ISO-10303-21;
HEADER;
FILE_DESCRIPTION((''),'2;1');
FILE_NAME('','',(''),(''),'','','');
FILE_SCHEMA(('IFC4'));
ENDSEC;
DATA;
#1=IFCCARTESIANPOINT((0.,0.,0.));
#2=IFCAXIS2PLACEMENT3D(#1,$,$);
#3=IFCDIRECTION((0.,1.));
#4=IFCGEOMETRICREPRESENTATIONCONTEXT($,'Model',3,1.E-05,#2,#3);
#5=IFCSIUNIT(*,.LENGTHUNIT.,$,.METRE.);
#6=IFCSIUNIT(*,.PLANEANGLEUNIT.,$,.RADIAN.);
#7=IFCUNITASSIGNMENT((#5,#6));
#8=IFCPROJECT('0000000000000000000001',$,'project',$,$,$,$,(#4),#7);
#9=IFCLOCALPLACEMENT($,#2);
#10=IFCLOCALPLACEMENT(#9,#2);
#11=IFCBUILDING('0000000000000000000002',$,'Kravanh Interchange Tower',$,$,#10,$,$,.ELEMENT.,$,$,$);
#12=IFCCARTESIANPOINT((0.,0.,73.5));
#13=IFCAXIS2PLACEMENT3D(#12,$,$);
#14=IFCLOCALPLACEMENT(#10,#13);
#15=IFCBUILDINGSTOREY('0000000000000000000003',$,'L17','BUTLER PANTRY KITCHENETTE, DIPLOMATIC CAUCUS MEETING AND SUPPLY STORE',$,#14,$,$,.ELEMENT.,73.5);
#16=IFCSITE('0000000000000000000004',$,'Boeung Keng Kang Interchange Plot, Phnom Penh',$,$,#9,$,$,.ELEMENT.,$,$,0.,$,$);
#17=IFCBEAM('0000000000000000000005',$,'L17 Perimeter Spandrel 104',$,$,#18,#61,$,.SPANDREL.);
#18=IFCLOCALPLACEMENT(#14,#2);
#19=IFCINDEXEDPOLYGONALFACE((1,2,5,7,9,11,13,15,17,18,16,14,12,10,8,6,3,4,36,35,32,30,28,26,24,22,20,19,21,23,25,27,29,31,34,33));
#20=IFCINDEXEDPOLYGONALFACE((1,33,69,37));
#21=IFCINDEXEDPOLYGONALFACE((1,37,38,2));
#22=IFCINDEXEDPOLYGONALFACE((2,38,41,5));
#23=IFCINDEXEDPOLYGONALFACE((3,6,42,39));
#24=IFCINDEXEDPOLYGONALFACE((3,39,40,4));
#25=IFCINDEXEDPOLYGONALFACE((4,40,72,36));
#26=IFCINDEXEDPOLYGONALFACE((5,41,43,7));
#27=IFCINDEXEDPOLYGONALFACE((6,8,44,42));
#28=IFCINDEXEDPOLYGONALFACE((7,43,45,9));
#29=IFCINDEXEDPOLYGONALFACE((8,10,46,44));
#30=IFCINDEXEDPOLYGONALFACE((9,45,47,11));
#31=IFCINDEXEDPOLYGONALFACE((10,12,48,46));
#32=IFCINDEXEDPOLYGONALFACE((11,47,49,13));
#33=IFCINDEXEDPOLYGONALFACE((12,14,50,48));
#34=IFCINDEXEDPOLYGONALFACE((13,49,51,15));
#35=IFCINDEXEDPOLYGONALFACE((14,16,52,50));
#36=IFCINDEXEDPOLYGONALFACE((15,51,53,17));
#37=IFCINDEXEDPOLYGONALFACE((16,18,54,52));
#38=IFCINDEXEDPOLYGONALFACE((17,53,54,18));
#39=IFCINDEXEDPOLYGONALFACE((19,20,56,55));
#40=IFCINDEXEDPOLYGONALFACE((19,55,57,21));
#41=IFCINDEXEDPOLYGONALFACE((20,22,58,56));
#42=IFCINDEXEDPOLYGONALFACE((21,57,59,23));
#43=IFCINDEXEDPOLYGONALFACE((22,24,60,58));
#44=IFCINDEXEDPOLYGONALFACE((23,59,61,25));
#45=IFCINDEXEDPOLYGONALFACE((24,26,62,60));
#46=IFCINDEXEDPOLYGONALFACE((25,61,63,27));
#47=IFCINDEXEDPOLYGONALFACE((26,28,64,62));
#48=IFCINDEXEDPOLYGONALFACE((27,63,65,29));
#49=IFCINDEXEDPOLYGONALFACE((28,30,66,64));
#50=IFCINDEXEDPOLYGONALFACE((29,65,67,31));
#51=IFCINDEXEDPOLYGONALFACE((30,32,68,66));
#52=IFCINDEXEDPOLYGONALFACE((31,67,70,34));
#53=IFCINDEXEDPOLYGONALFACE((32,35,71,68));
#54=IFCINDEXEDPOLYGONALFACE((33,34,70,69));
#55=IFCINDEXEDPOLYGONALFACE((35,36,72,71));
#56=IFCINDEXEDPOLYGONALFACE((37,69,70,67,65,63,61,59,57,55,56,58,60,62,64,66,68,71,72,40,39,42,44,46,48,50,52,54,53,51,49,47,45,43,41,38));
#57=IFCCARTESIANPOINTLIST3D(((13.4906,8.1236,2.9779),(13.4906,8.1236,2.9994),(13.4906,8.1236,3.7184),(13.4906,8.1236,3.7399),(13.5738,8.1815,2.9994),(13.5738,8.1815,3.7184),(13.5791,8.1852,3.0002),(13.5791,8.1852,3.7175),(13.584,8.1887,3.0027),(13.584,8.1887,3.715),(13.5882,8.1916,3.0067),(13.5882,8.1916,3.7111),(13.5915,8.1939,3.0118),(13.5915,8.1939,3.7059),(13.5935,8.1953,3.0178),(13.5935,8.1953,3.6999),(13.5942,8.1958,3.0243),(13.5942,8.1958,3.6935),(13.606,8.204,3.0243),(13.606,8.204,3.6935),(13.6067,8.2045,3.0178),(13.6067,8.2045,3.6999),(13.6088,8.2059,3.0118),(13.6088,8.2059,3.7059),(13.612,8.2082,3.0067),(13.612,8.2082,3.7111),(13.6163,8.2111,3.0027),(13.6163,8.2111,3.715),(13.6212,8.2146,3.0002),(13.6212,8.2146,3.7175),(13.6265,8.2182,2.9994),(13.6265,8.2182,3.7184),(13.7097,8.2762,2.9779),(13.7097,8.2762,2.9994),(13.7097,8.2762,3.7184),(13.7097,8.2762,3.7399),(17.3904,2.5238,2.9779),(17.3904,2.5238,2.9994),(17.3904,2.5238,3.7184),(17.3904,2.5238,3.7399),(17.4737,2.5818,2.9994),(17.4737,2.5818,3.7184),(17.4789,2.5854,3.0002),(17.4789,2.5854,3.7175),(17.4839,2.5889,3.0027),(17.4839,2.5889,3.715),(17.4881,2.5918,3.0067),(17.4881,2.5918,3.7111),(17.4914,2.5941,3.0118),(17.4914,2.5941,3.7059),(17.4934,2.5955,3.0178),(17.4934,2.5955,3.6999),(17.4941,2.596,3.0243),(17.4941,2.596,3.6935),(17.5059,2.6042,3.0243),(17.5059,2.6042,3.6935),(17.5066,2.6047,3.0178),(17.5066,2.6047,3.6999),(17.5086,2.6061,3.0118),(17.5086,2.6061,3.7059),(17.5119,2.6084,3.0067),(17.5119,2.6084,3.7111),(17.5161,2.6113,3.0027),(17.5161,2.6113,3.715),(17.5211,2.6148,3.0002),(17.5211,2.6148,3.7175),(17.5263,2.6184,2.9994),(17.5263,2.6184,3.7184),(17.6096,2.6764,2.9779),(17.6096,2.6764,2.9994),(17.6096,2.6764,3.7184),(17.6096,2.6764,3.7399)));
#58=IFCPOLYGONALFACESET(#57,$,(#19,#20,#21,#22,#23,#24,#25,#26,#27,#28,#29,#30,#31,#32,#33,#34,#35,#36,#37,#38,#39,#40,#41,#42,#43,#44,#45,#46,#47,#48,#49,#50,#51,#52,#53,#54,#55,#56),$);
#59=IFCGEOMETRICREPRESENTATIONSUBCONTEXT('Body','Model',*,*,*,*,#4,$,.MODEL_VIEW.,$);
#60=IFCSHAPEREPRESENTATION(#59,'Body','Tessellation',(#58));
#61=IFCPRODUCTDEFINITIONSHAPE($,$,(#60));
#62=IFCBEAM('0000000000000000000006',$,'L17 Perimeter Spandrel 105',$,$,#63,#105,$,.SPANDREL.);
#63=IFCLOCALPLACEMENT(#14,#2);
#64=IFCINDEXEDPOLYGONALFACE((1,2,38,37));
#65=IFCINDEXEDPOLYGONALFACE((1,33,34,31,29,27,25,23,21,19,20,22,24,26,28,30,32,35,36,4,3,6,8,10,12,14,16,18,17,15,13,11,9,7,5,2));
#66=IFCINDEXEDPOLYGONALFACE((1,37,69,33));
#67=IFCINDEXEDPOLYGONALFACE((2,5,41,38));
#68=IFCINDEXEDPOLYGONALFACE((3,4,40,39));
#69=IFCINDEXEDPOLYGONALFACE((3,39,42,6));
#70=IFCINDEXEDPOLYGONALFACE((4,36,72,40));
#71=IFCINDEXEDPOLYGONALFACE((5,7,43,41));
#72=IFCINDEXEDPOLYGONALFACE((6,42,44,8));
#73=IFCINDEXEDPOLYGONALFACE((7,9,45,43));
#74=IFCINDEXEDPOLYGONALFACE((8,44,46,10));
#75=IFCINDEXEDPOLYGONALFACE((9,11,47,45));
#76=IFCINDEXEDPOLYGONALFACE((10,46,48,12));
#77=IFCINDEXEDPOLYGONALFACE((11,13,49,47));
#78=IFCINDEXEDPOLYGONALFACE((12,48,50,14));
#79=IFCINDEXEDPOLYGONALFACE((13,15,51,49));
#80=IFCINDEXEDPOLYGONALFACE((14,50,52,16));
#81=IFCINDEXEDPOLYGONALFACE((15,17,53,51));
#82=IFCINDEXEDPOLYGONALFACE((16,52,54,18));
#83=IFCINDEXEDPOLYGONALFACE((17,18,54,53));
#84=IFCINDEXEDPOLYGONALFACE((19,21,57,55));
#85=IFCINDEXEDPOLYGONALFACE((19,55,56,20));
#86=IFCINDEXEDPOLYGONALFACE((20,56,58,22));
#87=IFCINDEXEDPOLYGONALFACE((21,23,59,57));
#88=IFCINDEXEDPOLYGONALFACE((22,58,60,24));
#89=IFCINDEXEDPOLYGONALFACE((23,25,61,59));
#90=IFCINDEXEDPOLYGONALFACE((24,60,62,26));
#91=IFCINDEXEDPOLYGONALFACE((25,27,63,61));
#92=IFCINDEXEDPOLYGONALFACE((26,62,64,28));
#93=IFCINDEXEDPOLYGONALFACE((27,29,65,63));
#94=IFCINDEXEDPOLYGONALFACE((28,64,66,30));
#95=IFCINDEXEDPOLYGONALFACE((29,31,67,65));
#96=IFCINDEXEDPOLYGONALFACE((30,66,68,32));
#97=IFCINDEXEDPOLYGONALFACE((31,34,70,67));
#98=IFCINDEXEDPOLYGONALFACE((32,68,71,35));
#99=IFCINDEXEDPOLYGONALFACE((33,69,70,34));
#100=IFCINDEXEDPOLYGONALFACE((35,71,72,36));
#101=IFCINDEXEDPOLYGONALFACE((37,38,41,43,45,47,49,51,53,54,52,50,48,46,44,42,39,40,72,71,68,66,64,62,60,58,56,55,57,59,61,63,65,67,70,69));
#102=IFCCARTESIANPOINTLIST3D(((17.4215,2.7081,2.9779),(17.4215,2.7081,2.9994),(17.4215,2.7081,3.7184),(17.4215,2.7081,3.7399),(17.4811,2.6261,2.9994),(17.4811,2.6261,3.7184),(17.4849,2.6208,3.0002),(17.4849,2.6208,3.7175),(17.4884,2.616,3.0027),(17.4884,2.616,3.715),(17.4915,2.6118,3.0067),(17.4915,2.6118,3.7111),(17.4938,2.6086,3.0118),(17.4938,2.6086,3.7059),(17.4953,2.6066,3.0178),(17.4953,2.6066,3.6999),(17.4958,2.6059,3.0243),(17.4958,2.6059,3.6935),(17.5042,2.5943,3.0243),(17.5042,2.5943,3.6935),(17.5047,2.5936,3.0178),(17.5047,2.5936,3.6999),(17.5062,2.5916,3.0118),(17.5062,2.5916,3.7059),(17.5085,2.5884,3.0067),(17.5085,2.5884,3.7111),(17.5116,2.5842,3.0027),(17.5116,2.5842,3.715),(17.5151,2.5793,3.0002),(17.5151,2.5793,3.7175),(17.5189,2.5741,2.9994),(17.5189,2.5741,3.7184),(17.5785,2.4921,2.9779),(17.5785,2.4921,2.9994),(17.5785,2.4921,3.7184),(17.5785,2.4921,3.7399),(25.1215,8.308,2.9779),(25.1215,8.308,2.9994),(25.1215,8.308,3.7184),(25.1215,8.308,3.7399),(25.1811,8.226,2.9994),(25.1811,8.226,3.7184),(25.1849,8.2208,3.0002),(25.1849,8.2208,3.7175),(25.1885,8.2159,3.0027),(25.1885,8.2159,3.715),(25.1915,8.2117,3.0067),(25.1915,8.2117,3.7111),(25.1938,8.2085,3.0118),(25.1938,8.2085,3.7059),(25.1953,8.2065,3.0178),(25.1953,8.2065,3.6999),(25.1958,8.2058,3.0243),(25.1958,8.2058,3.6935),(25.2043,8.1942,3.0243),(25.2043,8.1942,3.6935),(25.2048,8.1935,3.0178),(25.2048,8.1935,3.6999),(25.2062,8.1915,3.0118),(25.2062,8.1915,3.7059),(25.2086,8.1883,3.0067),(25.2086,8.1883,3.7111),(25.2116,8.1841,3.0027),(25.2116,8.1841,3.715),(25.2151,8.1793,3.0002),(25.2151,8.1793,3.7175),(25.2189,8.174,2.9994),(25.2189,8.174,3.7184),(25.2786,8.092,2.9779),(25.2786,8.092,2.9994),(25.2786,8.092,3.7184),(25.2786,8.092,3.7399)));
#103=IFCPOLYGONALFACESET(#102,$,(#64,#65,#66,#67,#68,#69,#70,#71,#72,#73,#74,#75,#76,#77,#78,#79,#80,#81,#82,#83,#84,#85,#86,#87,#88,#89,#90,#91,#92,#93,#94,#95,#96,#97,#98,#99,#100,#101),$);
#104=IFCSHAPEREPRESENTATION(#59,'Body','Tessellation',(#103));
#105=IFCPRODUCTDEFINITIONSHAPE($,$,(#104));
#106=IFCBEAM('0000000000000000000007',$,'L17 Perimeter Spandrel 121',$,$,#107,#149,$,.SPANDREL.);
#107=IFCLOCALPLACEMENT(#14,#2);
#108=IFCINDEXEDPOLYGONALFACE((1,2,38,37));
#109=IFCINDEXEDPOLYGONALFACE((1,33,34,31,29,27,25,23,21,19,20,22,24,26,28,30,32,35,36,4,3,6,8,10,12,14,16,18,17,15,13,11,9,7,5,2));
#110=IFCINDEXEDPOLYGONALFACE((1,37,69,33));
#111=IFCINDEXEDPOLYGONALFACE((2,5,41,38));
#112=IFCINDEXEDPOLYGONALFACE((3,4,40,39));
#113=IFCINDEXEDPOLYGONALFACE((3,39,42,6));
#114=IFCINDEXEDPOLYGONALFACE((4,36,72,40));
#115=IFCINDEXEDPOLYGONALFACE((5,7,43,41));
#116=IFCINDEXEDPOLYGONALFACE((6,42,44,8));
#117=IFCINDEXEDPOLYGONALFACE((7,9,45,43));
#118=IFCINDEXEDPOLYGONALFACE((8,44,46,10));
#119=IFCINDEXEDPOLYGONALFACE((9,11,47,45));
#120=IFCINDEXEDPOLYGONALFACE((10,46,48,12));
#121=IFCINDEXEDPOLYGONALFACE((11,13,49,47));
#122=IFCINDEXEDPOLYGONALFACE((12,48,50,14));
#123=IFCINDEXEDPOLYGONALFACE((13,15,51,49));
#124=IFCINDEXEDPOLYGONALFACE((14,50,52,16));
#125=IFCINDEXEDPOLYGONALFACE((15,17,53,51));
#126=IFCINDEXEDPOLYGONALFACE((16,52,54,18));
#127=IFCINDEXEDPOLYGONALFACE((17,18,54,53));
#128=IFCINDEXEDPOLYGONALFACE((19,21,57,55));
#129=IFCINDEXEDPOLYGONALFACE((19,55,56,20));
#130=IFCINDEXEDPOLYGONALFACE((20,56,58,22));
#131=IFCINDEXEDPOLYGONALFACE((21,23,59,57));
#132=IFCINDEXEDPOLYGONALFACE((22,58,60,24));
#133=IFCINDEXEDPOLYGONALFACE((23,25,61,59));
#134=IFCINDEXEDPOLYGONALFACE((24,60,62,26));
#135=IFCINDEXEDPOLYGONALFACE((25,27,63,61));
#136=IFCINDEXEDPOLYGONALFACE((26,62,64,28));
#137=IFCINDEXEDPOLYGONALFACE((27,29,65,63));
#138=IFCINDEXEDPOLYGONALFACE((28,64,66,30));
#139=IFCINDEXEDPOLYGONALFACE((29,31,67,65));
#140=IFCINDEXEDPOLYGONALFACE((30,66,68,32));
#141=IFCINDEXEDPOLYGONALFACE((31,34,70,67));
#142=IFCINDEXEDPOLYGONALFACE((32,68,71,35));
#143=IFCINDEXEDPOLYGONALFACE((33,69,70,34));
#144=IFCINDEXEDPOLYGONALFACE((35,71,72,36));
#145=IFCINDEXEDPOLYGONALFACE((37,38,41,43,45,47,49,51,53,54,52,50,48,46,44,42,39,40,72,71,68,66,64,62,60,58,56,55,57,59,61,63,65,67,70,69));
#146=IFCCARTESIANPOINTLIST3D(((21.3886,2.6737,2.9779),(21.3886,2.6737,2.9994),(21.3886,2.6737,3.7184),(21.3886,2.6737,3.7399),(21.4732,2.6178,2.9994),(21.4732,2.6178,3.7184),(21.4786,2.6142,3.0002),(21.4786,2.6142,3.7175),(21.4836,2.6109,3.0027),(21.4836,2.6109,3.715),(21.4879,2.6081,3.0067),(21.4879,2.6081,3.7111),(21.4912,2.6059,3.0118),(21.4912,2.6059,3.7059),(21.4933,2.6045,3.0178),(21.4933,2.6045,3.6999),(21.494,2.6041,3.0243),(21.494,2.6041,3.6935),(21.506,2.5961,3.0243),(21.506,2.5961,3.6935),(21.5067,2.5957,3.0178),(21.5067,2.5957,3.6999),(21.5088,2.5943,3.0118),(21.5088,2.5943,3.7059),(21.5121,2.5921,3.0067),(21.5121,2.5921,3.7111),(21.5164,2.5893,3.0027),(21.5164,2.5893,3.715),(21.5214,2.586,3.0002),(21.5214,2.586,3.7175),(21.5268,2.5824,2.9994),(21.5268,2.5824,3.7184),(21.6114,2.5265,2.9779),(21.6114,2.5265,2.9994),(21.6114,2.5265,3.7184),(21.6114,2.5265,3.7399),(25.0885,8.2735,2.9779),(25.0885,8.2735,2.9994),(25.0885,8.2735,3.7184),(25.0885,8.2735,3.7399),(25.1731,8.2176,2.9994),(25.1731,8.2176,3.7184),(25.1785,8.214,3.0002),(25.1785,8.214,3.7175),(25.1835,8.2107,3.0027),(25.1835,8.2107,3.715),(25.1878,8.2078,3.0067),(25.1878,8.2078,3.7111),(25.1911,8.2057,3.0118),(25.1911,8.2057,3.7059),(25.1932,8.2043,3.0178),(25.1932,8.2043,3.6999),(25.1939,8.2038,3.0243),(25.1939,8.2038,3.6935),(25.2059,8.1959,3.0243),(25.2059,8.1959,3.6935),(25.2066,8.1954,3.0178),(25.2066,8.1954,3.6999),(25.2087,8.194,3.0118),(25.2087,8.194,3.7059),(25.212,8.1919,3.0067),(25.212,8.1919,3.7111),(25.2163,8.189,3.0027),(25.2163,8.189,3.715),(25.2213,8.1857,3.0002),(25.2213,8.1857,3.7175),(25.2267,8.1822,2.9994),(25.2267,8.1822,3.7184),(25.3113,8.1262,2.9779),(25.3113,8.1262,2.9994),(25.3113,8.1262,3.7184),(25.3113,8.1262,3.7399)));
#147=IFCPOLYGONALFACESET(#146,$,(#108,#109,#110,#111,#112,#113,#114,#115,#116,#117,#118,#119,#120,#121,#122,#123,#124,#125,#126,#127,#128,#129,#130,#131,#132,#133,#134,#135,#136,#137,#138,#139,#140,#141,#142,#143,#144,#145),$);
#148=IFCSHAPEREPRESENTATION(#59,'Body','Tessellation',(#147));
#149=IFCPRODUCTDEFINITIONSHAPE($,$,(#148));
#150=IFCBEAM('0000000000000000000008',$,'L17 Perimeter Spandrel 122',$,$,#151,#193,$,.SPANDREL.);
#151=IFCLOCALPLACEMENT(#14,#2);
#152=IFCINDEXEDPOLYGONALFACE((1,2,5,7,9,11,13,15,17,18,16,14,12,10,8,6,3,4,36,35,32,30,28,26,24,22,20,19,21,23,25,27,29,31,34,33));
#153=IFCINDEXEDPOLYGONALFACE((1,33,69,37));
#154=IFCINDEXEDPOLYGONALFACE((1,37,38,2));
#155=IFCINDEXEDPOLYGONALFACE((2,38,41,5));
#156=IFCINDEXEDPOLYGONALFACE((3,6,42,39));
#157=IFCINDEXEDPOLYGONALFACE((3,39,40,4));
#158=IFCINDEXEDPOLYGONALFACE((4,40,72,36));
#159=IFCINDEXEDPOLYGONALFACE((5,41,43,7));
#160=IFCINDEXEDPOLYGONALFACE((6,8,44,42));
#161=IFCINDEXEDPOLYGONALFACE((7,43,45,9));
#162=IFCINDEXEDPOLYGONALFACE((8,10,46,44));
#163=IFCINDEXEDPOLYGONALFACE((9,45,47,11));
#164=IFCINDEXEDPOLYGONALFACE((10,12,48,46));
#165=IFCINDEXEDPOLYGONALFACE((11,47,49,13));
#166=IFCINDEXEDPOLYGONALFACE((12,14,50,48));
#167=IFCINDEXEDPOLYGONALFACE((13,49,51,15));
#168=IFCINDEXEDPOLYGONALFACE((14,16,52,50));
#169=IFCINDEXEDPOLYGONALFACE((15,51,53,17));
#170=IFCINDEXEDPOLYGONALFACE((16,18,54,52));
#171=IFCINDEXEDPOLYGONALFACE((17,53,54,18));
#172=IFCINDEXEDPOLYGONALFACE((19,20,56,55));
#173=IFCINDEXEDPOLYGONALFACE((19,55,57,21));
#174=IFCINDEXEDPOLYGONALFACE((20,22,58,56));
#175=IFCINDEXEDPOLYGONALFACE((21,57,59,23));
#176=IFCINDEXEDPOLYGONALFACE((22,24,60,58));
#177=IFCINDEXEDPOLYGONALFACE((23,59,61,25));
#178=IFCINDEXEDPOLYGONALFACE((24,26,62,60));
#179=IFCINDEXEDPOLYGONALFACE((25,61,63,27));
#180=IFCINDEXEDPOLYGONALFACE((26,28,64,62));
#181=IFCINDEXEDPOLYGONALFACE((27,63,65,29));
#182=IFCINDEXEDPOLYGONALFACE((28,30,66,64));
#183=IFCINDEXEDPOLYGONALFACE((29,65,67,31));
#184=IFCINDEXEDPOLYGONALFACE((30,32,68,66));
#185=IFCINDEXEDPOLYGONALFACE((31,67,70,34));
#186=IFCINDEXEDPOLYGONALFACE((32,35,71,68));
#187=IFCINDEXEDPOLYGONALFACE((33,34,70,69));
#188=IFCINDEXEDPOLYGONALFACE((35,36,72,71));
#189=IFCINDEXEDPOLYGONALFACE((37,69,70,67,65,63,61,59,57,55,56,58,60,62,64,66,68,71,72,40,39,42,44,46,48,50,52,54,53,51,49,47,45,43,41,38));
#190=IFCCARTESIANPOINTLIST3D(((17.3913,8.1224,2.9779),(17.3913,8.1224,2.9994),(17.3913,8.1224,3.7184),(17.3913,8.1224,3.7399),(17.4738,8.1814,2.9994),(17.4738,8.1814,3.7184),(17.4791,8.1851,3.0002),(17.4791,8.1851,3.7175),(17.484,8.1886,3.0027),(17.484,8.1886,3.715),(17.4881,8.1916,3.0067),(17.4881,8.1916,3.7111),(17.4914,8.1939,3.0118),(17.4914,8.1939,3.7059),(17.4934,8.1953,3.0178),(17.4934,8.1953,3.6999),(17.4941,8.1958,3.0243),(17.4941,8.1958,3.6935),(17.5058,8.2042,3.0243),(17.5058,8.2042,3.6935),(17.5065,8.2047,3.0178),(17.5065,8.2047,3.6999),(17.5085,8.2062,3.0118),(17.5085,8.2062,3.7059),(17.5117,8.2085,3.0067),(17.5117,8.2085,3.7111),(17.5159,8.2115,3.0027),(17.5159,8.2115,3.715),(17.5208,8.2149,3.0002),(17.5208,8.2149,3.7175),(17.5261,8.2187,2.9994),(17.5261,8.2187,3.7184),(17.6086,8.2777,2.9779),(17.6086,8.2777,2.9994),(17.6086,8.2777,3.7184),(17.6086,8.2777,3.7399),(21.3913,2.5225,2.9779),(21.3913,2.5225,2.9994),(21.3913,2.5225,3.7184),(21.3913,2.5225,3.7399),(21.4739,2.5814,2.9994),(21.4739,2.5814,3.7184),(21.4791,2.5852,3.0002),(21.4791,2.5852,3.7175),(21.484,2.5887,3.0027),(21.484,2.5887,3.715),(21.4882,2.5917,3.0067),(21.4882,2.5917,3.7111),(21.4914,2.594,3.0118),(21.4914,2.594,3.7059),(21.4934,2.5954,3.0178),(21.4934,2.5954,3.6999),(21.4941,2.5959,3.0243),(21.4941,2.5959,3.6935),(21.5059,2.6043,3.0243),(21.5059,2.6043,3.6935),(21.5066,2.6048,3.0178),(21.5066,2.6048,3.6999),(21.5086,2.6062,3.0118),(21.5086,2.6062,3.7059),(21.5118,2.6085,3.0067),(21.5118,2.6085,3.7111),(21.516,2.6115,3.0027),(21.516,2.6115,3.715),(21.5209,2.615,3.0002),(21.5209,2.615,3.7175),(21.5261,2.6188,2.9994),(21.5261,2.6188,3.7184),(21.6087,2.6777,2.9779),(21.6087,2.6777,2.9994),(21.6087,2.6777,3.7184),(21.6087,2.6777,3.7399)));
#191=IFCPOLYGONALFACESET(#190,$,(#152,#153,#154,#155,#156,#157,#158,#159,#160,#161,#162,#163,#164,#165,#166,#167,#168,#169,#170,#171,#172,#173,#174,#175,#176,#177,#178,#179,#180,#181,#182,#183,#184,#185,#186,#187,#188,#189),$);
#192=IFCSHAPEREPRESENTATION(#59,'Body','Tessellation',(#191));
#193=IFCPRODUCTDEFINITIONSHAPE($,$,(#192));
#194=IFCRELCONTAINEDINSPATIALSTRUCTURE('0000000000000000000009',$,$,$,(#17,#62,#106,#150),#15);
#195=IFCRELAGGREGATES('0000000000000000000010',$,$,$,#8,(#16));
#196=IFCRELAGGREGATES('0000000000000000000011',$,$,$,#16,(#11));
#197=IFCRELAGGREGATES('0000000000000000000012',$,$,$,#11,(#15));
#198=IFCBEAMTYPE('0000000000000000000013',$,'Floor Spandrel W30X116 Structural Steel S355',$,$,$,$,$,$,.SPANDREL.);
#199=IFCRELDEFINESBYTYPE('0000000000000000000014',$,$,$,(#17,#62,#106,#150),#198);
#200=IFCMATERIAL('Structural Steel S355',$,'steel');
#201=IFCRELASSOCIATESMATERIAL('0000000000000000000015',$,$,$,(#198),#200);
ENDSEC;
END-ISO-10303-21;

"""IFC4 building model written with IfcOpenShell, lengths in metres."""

from ifc_helpers import new_model, si_unit, direction, frame, origin, origin_2d, place, context, subcontext, project, spatial, i_section, extrude, material, material_profile, profile_set, type_object, element, save


model = new_model("IFC4")

# Units and contexts
model_context = context("Model", 3, precision=1e-05, world=origin(), true_north=direction((0.0, 1.0)))
body_context = subcontext(model_context, "Body", "Model", "MODEL_VIEW")
ifc_project = project(units=[si_unit("LENGTHUNIT", "METRE"), si_unit("PLANEANGLEUNIT", "RADIAN")], contexts=[model_context])

# Site, building, storey
site_placement = place(None, origin())
site = spatial("IfcSite", under=ifc_project, at=site_placement, Name="Boeung Keng Kang Interchange Plot, Phnom Penh", CompositionType="ELEMENT", RefElevation=0.0)
building_placement = place(site_placement, origin())
building = spatial("IfcBuilding", under=site, at=building_placement, Name="Kravanh Interchange Tower", CompositionType="ELEMENT")
storey_placement = place(building_placement, frame((0.0, 0.0, 73.5)))
storey = spatial("IfcBuildingStorey", under=building, at=storey_placement, Name="L17", Description="BUTLER PANTRY KITCHENETTE, DIPLOMATIC CAUCUS MEETING AND SUPPLY STORE", CompositionType="ELEMENT", Elevation=73.5)

# Beams
ifc_material_1 = material(Name="Structural Steel S355", Category="steel")
ifc_material_profile_1 = material_profile(ifc_material_1, i_section(OverallWidth=0.2671, OverallDepth=0.762, WebThickness=0.0144, FlangeThickness=0.0215, FilletRadius=0.0249, at=origin_2d()), Name="W30X116")
ifc_profile_set_1 = profile_set([ifc_material_profile_1], Name="Structural Steel S355")
beam_type_1 = type_object("IfcBeamType", Name="Floor Spandrel W30X116 Structural Steel S355", PredefinedType="SPANDREL", material=ifc_profile_set_1)
beam_1_placement = place(storey_placement, frame((17.5, 2.6001, 3.3589), z_axis=(-0.571494, 0.820606, 0.0), x_axis=(-0.820606, -0.571494, 0.0)))
element("IfcBeam", 1, at=beam_1_placement, inside=storey, type_object=beam_type_1, Name="L17 Perimeter Spandrel 104", PredefinedType="SPANDREL", context=body_context, shape_type="SweptSolid", body=[
    extrude(i_section(OverallWidth=0.2671, OverallDepth=0.762, WebThickness=0.0144, FlangeThickness=0.0215, FilletRadius=0.0249, at=origin_2d()), origin(), (0.0, 0.0, 1.0), 6.824),
])
beam_2_placement = place(storey_placement, frame((17.5, 2.6001, 3.3589), z_axis=(0.808742, 0.588164, 0.0), x_axis=(-0.588164, 0.808742, 0.0)))
element("IfcBeam", 2, at=beam_2_placement, inside=storey, type_object=beam_type_1, Name="L17 Perimeter Spandrel 105", PredefinedType="SPANDREL", context=body_context, shape_type="SweptSolid", body=[
    extrude(i_section(OverallWidth=0.2671, OverallDepth=0.762, WebThickness=0.0144, FlangeThickness=0.0215, FilletRadius=0.0249, at=origin_2d()), origin(), (0.0, 0.0, 1.0), 9.521),
])
beam_3_placement = place(storey_placement, frame((21.5, 2.6001, 3.3589), z_axis=(0.551262, 0.834332, 0.0), x_axis=(-0.834332, 0.551262, 0.0)))
element("IfcBeam", 3, at=beam_3_placement, inside=storey, type_object=beam_type_1, Name="L17 Perimeter Spandrel 121", PredefinedType="SPANDREL", context=body_context, shape_type="SweptSolid", body=[
    extrude(i_section(OverallWidth=0.2671, OverallDepth=0.762, WebThickness=0.0144, FlangeThickness=0.0215, FilletRadius=0.0249, at=origin_2d()), origin(), (0.0, 0.0, 1.0), 6.7117),
])
beam_4_placement = place(storey_placement, frame((21.5, 2.6001, 3.3589), z_axis=(-0.581248, 0.813726, 0.0), x_axis=(-0.813726, -0.581248, 0.0)))
element("IfcBeam", 4, at=beam_4_placement, inside=storey, type_object=beam_type_1, Name="L17 Perimeter Spandrel 122", PredefinedType="SPANDREL", context=body_context, shape_type="SweptSolid", body=[
    extrude(i_section(OverallWidth=0.2671, OverallDepth=0.762, WebThickness=0.0144, FlangeThickness=0.0215, FilletRadius=0.0249, at=origin_2d()), origin(), (0.0, 0.0, 1.0), 6.8818),
])

save(model, "model.ifc")
